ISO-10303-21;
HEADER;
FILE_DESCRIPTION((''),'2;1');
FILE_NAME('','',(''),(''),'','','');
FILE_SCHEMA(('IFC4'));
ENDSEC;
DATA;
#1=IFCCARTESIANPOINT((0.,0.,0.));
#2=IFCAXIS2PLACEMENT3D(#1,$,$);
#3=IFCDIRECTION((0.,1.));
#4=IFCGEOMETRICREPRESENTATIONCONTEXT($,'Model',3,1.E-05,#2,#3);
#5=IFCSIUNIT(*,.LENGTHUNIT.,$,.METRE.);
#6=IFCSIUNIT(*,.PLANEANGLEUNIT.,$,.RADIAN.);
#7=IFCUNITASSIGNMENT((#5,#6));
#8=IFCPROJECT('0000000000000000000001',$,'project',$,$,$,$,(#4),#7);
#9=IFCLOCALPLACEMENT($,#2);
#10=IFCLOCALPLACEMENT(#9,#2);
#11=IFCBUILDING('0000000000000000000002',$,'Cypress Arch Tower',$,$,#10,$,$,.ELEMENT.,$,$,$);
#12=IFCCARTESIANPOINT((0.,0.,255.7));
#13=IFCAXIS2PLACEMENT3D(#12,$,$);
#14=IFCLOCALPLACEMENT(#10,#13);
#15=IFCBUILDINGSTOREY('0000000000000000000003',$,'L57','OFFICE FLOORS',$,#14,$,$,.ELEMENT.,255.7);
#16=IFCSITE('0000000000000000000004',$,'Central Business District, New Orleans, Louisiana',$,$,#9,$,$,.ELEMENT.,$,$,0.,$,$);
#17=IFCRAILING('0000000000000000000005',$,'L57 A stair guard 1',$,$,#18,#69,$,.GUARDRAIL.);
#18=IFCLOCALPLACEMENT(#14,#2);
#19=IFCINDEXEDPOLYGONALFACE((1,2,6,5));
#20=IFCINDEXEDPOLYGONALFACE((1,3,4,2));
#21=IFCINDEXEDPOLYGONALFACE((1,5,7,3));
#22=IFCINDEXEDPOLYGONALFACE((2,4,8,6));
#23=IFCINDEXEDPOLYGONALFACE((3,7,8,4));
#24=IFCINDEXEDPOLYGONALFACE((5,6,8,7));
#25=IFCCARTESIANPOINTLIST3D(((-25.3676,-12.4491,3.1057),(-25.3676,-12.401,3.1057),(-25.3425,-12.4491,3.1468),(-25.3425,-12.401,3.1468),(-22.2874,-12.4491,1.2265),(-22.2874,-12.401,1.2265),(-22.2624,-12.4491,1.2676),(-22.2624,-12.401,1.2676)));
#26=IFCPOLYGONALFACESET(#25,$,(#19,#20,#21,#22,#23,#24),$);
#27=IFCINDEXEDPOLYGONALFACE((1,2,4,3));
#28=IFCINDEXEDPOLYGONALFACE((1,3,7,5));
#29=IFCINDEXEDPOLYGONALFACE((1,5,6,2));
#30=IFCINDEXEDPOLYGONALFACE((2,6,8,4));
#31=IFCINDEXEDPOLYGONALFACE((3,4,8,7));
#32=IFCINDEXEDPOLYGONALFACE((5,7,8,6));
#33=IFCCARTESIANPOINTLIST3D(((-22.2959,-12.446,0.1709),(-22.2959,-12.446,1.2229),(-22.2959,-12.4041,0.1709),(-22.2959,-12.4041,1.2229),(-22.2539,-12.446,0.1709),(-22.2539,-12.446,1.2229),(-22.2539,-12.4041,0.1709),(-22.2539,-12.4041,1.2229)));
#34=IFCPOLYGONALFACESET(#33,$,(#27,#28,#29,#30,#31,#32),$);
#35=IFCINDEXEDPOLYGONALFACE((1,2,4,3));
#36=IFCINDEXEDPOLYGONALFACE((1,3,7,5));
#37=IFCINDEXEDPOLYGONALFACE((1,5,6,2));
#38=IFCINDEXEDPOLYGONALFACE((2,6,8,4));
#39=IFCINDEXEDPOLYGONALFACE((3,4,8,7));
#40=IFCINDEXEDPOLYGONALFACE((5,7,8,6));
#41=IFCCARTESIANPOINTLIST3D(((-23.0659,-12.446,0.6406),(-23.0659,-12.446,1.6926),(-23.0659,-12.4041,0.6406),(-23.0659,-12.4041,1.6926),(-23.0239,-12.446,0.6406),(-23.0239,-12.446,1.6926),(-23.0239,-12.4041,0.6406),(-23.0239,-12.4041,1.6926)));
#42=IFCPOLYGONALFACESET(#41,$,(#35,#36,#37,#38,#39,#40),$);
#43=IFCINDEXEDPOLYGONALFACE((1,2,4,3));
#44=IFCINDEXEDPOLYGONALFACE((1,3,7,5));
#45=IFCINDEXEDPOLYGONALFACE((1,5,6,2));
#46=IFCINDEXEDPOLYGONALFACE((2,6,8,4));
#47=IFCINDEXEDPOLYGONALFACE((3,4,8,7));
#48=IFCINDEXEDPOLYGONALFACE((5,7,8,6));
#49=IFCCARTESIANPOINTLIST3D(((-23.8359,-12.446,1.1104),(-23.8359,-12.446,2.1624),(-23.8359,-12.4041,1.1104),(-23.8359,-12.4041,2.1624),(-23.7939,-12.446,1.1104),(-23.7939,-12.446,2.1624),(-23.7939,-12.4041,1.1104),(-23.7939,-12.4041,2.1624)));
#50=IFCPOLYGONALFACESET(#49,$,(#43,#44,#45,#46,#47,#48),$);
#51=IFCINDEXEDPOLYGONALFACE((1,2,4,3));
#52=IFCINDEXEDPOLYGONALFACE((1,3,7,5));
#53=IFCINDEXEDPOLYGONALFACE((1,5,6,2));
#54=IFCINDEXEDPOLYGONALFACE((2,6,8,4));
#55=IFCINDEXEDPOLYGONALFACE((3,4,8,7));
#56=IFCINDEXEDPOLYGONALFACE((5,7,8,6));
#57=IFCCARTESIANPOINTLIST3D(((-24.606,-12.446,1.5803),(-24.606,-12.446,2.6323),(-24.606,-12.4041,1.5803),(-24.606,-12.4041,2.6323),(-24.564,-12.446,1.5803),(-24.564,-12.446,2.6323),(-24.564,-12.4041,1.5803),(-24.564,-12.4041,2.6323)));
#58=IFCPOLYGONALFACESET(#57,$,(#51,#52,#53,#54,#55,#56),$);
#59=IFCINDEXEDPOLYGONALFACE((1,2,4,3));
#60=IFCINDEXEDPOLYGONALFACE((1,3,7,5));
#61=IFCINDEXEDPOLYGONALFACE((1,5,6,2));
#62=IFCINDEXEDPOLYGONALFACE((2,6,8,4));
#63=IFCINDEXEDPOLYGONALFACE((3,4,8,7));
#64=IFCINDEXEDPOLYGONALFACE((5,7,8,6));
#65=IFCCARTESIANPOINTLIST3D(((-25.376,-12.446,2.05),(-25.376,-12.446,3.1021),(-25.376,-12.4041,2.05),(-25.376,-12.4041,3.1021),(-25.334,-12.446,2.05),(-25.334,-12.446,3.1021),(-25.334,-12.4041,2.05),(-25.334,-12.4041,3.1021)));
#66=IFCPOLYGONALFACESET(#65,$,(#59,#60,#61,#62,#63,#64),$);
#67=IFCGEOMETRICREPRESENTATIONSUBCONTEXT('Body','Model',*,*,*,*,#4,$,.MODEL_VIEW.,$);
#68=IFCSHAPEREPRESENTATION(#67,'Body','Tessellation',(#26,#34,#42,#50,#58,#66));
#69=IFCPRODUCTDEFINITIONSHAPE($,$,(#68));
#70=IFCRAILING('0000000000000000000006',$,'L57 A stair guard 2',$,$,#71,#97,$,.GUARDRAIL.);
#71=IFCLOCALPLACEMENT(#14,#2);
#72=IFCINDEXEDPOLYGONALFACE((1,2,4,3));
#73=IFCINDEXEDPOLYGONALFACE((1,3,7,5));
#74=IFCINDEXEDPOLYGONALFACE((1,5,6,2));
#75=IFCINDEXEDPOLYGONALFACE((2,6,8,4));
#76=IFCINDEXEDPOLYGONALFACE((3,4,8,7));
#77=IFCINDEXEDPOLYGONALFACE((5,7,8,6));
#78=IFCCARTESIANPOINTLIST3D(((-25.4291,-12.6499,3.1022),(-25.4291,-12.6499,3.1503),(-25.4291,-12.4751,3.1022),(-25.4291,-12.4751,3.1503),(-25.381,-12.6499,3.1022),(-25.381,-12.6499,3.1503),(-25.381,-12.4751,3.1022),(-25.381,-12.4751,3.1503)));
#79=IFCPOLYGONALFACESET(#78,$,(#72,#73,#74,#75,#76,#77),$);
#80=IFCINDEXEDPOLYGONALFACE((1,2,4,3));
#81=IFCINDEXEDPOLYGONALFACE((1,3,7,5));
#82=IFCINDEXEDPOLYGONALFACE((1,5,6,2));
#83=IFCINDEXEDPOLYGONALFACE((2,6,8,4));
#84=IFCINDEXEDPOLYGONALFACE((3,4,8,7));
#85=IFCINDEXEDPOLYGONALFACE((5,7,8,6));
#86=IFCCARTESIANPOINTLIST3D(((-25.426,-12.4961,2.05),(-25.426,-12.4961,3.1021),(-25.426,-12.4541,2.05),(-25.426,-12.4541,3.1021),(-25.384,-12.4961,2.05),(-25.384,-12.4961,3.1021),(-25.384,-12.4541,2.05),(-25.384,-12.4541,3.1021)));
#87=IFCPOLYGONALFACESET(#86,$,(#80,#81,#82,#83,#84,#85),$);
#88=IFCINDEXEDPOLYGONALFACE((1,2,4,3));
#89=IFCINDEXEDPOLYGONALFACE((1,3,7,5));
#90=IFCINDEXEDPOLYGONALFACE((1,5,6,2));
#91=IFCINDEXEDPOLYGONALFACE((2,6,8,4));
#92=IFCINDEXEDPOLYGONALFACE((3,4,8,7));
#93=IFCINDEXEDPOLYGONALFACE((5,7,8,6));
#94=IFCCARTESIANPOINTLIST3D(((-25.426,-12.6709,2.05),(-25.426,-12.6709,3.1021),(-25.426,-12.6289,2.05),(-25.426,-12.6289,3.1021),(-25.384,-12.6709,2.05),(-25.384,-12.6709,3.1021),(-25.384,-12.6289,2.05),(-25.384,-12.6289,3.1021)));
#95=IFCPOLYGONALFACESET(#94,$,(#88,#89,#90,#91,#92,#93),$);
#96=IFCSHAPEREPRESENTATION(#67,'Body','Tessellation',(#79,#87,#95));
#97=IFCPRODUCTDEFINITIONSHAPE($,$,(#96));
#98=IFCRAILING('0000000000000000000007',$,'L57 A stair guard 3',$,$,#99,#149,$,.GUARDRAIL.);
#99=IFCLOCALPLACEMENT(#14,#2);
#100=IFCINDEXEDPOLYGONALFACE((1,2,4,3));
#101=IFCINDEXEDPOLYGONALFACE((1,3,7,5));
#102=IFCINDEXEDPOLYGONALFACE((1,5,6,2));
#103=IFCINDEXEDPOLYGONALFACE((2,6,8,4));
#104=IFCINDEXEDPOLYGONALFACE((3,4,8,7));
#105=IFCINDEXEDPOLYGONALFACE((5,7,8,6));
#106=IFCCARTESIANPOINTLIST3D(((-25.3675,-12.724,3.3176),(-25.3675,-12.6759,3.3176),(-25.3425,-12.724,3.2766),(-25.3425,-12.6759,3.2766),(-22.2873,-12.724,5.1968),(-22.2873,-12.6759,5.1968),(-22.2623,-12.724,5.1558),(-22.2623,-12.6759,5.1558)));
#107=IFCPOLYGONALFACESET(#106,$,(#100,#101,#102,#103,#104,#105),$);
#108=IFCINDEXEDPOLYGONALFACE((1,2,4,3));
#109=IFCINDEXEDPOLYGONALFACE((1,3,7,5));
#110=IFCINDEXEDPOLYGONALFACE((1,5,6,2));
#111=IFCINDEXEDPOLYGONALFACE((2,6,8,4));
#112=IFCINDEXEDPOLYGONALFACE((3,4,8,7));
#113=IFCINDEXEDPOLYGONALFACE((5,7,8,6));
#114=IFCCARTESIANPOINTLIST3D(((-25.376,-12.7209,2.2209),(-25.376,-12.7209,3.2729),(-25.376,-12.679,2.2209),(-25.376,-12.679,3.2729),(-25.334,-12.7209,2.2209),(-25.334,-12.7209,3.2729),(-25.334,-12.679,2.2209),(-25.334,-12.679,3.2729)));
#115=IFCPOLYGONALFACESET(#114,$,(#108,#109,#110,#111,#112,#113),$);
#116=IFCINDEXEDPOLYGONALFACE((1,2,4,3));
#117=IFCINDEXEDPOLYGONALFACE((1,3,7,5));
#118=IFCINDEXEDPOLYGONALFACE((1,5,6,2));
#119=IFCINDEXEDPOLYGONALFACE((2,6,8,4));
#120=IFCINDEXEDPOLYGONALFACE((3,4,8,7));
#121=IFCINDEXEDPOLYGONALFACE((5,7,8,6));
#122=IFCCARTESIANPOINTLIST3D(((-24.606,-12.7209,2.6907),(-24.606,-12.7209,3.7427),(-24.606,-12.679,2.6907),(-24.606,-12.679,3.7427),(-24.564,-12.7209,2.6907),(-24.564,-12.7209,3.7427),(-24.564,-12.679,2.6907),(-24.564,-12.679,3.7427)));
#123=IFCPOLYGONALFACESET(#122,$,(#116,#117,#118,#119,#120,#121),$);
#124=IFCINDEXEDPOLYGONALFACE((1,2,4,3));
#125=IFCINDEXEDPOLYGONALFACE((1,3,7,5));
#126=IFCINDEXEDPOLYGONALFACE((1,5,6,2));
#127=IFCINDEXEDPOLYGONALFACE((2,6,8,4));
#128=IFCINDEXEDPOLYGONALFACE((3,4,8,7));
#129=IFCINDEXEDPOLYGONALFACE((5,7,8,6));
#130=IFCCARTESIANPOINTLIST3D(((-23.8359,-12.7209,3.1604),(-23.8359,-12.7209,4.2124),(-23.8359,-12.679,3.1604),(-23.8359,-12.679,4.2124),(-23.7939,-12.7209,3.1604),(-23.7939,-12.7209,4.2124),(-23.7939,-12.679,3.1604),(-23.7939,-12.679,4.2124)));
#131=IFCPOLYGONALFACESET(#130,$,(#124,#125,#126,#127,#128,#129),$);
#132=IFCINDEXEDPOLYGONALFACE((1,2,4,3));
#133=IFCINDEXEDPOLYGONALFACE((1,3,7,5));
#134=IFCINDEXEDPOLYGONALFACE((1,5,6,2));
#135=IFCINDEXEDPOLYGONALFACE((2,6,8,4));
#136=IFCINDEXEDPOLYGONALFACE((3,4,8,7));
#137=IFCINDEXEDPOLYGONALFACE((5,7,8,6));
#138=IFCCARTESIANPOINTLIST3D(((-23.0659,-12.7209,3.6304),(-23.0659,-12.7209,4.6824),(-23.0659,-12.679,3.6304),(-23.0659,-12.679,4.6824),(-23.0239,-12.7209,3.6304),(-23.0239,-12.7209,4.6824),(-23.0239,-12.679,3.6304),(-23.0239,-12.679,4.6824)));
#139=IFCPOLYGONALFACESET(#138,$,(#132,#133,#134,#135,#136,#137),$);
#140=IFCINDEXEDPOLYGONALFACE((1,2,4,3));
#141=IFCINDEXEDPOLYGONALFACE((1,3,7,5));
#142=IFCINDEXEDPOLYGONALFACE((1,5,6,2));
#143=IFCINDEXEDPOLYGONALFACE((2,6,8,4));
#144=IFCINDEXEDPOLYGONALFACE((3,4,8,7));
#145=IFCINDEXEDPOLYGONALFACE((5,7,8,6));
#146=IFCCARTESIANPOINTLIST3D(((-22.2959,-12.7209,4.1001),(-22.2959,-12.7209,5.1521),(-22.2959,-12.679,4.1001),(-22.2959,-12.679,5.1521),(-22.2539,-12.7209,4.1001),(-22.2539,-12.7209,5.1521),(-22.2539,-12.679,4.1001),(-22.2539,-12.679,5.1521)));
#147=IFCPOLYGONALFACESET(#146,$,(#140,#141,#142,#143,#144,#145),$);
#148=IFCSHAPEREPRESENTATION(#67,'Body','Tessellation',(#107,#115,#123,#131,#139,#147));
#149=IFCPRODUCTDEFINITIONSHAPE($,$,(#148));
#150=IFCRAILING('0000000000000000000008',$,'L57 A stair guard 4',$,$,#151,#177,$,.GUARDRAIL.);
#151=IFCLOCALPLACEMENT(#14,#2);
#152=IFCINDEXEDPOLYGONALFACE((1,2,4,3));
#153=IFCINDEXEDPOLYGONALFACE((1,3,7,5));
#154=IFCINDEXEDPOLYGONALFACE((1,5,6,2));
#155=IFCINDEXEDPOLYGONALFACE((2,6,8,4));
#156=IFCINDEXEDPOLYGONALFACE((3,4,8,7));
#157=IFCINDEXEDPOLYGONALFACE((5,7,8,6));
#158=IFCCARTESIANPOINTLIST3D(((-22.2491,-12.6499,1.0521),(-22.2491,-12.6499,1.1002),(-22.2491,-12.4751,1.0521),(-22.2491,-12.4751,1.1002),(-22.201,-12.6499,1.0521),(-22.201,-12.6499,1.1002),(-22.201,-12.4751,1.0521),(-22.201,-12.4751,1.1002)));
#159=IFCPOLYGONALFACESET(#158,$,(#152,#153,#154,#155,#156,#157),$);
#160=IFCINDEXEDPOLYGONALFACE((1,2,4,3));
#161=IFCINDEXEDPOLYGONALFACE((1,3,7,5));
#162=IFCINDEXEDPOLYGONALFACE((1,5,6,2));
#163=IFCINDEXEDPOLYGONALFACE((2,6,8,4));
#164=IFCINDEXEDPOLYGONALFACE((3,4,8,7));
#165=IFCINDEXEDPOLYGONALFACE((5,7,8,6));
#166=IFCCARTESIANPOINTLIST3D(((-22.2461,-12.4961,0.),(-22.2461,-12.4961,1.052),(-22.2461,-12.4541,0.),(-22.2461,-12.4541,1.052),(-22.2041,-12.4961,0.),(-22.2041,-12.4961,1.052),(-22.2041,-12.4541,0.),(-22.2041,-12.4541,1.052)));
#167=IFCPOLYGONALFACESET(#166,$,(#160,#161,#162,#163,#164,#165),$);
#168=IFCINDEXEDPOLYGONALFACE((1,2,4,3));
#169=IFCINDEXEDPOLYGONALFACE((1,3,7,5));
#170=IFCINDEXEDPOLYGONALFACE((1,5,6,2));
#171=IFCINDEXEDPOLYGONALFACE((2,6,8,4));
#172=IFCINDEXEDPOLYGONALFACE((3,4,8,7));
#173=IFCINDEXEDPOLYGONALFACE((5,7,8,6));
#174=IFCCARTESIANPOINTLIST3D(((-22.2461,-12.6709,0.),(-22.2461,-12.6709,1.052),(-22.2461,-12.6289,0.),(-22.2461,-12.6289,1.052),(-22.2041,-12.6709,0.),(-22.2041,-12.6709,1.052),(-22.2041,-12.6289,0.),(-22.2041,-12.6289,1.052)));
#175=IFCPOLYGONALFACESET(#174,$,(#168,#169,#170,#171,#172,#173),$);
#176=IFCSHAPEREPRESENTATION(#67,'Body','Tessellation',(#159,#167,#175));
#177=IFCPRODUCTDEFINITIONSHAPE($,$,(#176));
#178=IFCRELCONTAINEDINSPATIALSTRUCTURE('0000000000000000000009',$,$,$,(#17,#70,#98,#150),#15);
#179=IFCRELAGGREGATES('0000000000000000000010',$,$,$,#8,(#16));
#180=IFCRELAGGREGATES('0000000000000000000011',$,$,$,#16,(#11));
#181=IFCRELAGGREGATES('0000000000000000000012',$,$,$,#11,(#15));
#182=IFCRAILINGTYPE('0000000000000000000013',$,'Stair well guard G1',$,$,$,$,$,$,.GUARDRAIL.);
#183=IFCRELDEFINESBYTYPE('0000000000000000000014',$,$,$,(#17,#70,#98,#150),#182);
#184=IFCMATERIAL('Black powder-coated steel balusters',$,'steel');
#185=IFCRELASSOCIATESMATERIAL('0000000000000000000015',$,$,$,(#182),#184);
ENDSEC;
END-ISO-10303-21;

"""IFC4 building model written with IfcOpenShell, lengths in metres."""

from ifc_helpers import new_model, si_unit, direction, frame, origin, origin_2d, place, context, subcontext, project, spatial, rectangle, extrude, material, type_object, element, save


model = new_model("IFC4")

# Units and contexts
model_context = context("Model", 3, precision=1e-05, world=origin(), true_north=direction((0.0, 1.0)))
body_context = subcontext(model_context, "Body", "Model", "MODEL_VIEW")
ifc_project = project(units=[si_unit("LENGTHUNIT", "METRE"), si_unit("PLANEANGLEUNIT", "RADIAN")], contexts=[model_context])

# Site, building, storey
site_placement = place(None, origin())
site = spatial("IfcSite", under=ifc_project, at=site_placement, Name="Central Business District, New Orleans, Louisiana", CompositionType="ELEMENT", RefElevation=0.0)
building_placement = place(site_placement, origin())
building = spatial("IfcBuilding", under=site, at=building_placement, Name="Cypress Arch Tower", CompositionType="ELEMENT")
storey_placement = place(building_placement, frame((0.0, 0.0, 255.7)))
storey = spatial("IfcBuildingStorey", under=building, at=storey_placement, Name="L57", Description="OFFICE FLOORS", CompositionType="ELEMENT", Elevation=255.7)

# Railings
ifc_material_1 = material(Name="Black powder-coated steel balusters", Category="steel")
railing_type_1 = type_object("IfcRailingType", Name="Stair well guard G1", PredefinedType="GUARDRAIL", material=ifc_material_1)
railing_1_placement = place(storey_placement, frame((-22.2749, -12.425, 0.1709)))
element("IfcRailing", 1, at=railing_1_placement, inside=storey, type_object=railing_type_1, Name="L57 A stair guard 1", PredefinedType="GUARDRAIL", context=body_context, shape_type="SweptSolid", body=[
    extrude(rectangle(XDim=0.0481, YDim=0.0481, at=origin_2d()), frame((0.0, 0.0, 1.0762), z_axis=(-0.853666, 0.0, 0.52082), x_axis=(0.0, -1.0, 0.0)), (0.0, 0.0, 1.0), 3.6082),
    extrude(rectangle(XDim=0.042, YDim=0.042, at=origin_2d()), origin(), (0.0, 0.0, 1.0), 1.052),
    extrude(rectangle(XDim=0.042, YDim=0.042, at=origin_2d()), frame((-0.77, 0.0, 0.4697)), (0.0, 0.0, 1.0), 1.052),
    extrude(rectangle(XDim=0.042, YDim=0.042, at=origin_2d()), frame((-1.54, 0.0, 0.9395)), (0.0, 0.0, 1.0), 1.052),
    extrude(rectangle(XDim=0.042, YDim=0.042, at=origin_2d()), frame((-2.3101, 0.0, 1.4094)), (0.0, 0.0, 1.0), 1.052),
    extrude(rectangle(XDim=0.042, YDim=0.042, at=origin_2d()), frame((-3.0801, 0.0, 1.8792)), (0.0, 0.0, 1.0), 1.052),
])
railing_2_placement = place(storey_placement, frame((-25.405, -12.4751, 2.05)))
element("IfcRailing", 2, at=railing_2_placement, inside=storey, type_object=railing_type_1, Name="L57 A stair guard 2", PredefinedType="GUARDRAIL", context=body_context, shape_type="SweptSolid", body=[
    extrude(rectangle(XDim=0.0481, YDim=0.0481, at=origin_2d()), frame((0.0, 0.0, 1.0762), z_axis=(0.0, -1.0, 0.0), x_axis=(1.0, 0.0, 0.0)), (0.0, 0.0, 1.0), 0.1748),
    extrude(rectangle(XDim=0.042, YDim=0.042, at=origin_2d()), origin(), (0.0, 0.0, 1.0), 1.052),
    extrude(rectangle(XDim=0.042, YDim=0.042, at=origin_2d()), frame((0.0, -0.1748, 0.0)), (0.0, 0.0, 1.0), 1.052),
])
railing_3_placement = place(storey_placement, frame((-25.355, -12.7, 2.2209)))
element("IfcRailing", 3, at=railing_3_placement, inside=storey, type_object=railing_type_1, Name="L57 A stair guard 3", PredefinedType="GUARDRAIL", context=body_context, shape_type="SweptSolid", body=[
    extrude(rectangle(XDim=0.0481, YDim=0.0481, at=origin_2d()), frame((0.0, 0.0, 1.0762), z_axis=(0.853666, 0.0, 0.52082), x_axis=(0.0, 1.0, 0.0)), (0.0, 0.0, 1.0), 3.6082),
    extrude(rectangle(XDim=0.042, YDim=0.042, at=origin_2d()), origin(), (0.0, 0.0, 1.0), 1.052),
    extrude(rectangle(XDim=0.042, YDim=0.042, at=origin_2d()), frame((0.77, 0.0, 0.4697)), (0.0, 0.0, 1.0), 1.052),
    extrude(rectangle(XDim=0.042, YDim=0.042, at=origin_2d()), frame((1.54, 0.0, 0.9395)), (0.0, 0.0, 1.0), 1.052),
    extrude(rectangle(XDim=0.042, YDim=0.042, at=origin_2d()), frame((2.3101, 0.0, 1.4094)), (0.0, 0.0, 1.0), 1.052),
    extrude(rectangle(XDim=0.042, YDim=0.042, at=origin_2d()), frame((3.0801, 0.0, 1.8792)), (0.0, 0.0, 1.0), 1.052),
])
railing_4_placement = place(storey_placement, frame((-22.2251, -12.4751, 0.0)))
element("IfcRailing", 4, at=railing_4_placement, inside=storey, type_object=railing_type_1, Name="L57 A stair guard 4", PredefinedType="GUARDRAIL", context=body_context, shape_type="SweptSolid", body=[
    extrude(rectangle(XDim=0.0481, YDim=0.0481, at=origin_2d()), frame((0.0, 0.0, 1.0762), z_axis=(0.0, -1.0, 0.0), x_axis=(1.0, 0.0, 0.0)), (0.0, 0.0, 1.0), 0.1748),
    extrude(rectangle(XDim=0.042, YDim=0.042, at=origin_2d()), origin(), (0.0, 0.0, 1.0), 1.052),
    extrude(rectangle(XDim=0.042, YDim=0.042, at=origin_2d()), frame((0.0, -0.1748, 0.0)), (0.0, 0.0, 1.0), 1.052),
])

save(model, "model.ifc")
